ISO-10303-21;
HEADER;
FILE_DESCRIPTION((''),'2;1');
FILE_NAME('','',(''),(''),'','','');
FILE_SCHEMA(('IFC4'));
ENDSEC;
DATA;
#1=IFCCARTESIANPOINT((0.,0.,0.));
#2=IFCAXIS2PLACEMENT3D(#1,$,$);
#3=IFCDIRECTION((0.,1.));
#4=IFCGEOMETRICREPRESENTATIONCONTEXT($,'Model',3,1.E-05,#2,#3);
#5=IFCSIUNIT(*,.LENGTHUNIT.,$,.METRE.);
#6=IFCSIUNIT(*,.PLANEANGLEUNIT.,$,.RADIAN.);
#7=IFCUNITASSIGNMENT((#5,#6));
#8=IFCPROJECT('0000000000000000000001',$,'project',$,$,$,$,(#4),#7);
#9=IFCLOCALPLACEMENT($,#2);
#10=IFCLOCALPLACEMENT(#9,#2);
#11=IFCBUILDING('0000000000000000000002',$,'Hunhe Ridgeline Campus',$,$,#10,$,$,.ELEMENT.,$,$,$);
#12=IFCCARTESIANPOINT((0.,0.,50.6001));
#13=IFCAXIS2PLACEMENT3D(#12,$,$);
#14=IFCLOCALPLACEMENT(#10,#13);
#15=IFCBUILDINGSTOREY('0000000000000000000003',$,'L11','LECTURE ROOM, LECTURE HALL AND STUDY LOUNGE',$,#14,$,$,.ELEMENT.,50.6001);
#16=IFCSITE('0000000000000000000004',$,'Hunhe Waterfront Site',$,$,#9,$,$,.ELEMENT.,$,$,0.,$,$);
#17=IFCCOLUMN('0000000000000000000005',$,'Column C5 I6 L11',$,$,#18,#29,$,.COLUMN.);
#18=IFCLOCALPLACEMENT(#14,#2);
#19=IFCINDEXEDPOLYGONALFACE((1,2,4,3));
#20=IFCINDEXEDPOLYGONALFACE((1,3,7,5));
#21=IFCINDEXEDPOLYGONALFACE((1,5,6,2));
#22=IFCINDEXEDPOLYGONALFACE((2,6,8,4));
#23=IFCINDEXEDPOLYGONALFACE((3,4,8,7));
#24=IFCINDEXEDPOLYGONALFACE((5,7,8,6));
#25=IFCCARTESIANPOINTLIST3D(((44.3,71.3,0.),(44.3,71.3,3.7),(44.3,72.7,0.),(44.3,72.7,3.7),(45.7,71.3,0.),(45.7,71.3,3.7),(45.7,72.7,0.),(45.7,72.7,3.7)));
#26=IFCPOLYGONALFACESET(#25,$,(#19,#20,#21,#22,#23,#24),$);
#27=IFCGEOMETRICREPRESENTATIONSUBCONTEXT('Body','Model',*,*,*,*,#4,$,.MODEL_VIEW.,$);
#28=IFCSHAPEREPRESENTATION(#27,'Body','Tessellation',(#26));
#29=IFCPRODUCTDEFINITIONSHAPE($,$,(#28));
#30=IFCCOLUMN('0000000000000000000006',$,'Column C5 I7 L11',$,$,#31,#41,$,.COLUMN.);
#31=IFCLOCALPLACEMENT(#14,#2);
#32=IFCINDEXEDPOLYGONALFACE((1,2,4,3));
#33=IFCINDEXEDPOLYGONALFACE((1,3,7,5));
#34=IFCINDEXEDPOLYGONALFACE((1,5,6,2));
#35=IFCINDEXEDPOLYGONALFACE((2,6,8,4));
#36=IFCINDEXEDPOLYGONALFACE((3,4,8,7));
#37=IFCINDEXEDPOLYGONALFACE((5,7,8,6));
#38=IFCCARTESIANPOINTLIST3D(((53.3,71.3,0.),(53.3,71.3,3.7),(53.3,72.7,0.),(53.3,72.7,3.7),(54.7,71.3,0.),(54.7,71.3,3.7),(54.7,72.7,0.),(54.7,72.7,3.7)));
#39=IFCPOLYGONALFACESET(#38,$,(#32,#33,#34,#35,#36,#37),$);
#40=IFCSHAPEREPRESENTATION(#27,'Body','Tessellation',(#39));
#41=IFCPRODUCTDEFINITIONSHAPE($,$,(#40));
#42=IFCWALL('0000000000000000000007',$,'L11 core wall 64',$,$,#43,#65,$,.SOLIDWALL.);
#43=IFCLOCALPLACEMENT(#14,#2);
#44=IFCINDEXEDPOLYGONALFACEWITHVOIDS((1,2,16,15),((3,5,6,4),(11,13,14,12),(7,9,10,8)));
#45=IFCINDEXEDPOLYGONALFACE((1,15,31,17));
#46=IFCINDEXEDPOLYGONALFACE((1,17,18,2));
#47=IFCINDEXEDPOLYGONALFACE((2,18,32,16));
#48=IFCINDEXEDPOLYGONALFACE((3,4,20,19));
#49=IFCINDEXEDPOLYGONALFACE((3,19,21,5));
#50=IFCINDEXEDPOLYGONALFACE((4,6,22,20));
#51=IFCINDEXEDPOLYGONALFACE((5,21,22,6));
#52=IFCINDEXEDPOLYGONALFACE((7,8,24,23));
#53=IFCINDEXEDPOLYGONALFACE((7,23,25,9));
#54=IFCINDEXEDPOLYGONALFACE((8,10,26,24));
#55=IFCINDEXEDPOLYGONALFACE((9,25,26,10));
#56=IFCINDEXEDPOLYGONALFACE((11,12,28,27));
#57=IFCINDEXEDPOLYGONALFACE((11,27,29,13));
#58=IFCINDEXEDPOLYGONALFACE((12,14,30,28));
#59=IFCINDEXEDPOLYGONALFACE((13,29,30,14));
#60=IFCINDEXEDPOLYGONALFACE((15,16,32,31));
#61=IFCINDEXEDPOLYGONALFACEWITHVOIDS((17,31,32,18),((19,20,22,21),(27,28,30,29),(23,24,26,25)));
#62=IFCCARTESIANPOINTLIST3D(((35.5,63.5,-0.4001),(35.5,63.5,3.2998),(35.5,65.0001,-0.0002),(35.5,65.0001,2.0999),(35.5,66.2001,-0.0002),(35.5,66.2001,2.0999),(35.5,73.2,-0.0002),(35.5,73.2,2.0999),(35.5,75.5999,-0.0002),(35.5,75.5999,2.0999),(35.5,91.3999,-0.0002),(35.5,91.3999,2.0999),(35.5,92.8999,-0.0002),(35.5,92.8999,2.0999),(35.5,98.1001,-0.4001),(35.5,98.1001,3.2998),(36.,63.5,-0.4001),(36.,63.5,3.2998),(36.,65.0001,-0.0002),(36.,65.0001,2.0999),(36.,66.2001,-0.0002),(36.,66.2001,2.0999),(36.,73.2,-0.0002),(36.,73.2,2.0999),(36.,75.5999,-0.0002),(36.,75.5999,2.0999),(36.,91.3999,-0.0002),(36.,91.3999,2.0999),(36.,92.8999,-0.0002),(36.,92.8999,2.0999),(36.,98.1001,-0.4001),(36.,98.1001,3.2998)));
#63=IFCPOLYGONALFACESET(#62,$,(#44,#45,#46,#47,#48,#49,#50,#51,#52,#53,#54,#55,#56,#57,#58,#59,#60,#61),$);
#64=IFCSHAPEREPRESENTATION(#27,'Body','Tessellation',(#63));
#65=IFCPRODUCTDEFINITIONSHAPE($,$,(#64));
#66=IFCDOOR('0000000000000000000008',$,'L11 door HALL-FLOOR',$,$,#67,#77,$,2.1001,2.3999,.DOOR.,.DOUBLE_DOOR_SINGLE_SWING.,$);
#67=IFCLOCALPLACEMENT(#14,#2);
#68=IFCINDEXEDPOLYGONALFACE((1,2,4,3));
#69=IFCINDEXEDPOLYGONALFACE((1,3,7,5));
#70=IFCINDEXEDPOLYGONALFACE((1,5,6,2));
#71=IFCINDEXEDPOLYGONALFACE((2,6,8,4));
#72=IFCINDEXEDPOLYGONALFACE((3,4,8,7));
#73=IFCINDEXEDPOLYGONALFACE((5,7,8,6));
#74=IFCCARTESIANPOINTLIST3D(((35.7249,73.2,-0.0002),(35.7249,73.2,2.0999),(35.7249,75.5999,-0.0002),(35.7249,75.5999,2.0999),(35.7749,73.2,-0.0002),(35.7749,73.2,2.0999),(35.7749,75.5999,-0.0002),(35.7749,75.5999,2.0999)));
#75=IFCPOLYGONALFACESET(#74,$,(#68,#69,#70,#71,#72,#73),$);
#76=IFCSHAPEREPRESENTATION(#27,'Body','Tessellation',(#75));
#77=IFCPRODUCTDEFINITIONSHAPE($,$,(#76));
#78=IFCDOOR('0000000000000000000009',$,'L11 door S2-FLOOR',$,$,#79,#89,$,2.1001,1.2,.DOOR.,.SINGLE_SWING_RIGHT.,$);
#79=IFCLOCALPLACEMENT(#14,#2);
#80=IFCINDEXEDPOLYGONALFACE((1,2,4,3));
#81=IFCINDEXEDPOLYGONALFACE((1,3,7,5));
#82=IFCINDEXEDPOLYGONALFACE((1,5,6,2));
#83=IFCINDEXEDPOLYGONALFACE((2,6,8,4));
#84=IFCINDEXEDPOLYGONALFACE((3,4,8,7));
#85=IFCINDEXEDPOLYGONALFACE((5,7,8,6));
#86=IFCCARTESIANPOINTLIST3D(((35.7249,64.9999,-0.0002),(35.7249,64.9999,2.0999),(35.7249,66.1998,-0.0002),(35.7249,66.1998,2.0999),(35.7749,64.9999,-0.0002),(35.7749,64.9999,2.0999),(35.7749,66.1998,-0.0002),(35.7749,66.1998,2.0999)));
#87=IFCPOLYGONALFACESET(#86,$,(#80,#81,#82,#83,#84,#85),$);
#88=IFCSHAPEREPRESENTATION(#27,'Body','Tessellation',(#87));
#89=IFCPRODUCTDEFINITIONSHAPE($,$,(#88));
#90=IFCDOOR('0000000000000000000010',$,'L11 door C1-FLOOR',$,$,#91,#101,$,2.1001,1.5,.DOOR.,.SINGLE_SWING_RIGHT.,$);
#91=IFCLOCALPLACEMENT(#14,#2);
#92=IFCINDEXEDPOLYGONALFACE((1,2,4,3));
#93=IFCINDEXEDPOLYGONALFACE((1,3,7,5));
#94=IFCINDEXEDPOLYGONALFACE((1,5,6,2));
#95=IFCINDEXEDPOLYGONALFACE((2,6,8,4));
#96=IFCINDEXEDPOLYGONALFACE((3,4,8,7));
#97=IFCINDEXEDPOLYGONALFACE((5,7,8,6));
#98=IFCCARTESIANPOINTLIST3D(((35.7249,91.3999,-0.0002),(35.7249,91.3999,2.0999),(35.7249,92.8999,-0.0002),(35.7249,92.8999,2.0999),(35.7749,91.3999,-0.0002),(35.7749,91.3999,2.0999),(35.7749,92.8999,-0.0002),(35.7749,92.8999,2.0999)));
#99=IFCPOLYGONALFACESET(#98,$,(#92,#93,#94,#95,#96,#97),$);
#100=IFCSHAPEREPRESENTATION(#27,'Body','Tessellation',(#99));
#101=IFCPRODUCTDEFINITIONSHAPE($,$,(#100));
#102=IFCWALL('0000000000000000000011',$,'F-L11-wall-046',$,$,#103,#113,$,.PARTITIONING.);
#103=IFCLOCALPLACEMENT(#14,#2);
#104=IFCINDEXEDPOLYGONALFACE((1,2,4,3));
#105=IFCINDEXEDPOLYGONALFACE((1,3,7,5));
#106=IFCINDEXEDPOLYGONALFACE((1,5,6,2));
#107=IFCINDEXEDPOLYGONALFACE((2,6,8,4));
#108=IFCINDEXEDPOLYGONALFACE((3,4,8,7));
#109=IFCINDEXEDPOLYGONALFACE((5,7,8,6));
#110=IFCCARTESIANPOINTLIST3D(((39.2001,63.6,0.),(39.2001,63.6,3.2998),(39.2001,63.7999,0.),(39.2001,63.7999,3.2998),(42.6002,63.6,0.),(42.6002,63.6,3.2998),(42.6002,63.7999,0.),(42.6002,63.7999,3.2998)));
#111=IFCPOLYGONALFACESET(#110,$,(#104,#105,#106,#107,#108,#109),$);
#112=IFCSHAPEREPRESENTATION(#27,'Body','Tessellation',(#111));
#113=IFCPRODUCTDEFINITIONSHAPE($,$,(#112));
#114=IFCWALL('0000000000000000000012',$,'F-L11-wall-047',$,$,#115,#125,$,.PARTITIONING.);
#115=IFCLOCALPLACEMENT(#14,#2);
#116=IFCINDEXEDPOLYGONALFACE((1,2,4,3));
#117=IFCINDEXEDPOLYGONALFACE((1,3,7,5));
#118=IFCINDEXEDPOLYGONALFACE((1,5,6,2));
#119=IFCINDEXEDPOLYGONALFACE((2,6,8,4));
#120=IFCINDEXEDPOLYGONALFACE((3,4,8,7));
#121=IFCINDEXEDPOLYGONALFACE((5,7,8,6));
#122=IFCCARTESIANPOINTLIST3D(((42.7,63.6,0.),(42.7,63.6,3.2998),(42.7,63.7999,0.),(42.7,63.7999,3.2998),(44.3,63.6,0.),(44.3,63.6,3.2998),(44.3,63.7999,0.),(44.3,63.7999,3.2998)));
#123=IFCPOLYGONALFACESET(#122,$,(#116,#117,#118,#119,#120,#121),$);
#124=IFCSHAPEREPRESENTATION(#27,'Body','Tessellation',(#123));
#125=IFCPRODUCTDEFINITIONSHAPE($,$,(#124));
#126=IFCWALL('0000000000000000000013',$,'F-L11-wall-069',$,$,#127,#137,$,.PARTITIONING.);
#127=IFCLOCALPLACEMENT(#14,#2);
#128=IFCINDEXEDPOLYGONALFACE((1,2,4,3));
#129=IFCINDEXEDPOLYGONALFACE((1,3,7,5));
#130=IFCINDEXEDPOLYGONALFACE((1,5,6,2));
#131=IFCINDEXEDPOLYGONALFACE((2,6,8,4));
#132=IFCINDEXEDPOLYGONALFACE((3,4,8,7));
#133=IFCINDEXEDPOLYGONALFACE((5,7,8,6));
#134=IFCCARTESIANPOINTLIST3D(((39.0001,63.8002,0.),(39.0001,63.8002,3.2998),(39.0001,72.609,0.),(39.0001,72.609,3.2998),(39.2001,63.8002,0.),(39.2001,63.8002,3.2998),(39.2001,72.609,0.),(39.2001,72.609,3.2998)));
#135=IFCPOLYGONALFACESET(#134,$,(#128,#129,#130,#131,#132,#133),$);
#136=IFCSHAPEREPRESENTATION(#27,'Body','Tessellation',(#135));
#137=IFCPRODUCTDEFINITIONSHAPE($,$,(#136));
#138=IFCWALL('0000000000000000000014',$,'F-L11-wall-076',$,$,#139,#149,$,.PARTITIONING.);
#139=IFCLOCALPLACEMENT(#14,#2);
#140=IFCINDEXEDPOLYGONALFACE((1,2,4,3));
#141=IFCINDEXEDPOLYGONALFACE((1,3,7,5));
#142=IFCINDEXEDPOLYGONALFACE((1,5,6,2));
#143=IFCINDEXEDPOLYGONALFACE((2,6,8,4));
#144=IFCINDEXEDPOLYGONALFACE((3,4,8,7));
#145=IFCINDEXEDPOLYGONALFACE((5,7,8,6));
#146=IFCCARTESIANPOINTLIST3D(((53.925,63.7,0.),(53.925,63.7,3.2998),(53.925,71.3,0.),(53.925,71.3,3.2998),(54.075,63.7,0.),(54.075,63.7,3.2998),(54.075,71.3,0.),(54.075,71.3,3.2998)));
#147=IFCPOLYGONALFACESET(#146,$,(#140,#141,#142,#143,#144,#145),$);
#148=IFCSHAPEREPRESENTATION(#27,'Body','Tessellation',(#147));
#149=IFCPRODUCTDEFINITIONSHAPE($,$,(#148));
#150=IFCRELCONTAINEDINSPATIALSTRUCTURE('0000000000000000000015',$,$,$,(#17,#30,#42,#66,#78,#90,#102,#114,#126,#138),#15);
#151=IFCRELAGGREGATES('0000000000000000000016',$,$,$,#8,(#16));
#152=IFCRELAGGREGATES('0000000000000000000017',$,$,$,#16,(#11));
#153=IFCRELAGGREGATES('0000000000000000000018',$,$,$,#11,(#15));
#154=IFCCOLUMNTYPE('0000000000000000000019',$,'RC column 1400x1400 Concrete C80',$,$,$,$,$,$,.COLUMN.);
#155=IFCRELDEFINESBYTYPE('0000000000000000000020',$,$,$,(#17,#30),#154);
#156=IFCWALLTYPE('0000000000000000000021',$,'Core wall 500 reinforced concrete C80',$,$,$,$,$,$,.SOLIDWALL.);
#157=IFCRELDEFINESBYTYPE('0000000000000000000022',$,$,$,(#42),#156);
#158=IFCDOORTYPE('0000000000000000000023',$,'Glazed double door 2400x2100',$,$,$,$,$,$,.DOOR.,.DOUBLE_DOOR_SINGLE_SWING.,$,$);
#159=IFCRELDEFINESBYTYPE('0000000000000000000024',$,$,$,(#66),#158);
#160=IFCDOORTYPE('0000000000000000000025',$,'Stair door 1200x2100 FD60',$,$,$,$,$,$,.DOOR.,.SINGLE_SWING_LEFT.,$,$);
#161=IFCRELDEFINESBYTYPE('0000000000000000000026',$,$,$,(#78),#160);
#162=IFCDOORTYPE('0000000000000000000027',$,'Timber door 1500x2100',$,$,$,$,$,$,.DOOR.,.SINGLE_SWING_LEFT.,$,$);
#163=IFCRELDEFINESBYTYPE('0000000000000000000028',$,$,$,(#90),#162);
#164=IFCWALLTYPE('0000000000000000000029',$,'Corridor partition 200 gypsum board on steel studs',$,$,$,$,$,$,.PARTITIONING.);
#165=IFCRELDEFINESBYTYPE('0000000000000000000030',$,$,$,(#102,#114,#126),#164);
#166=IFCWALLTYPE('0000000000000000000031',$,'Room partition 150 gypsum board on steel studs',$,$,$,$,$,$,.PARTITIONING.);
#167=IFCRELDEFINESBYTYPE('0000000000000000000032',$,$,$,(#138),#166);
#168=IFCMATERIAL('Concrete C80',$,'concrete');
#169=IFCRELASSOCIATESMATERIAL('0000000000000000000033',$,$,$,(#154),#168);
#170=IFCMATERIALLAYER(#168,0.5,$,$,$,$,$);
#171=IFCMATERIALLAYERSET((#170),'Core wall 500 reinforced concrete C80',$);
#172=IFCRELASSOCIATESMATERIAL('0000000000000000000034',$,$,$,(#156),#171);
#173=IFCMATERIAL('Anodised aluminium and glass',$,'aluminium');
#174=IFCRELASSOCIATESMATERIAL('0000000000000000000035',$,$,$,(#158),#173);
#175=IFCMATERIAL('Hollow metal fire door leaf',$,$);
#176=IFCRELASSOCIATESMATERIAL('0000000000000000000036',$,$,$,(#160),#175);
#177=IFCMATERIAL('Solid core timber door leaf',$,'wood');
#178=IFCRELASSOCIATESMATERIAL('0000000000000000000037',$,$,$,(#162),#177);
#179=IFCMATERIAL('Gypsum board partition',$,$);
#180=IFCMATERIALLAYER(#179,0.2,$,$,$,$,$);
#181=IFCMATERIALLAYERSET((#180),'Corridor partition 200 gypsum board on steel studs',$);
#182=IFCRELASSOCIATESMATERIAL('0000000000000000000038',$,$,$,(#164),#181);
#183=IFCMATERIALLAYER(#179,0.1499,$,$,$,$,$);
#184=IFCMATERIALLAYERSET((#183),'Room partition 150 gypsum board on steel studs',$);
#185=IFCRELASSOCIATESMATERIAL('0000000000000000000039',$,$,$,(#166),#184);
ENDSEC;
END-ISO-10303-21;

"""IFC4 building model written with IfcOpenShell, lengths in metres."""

from ifc_helpers import new_model, si_unit, direction, frame, frame_2d, origin, origin_2d, place, context, subcontext, project, spatial, rectangle, extrude, material, layer, layer_set, material_profile, profile_set, type_object, element, fill, save


model = new_model("IFC4")

# Units and contexts
model_context = context("Model", 3, precision=1e-05, world=origin(), true_north=direction((0.0, 1.0)))
body_context = subcontext(model_context, "Body", "Model", "MODEL_VIEW")
ifc_project = project(units=[si_unit("LENGTHUNIT", "METRE"), si_unit("PLANEANGLEUNIT", "RADIAN")], contexts=[model_context])

# Site, building, storey
site_placement = place(None, origin())
site = spatial("IfcSite", under=ifc_project, at=site_placement, Name="Hunhe Waterfront Site", CompositionType="ELEMENT", RefElevation=0.0)
building_placement = place(site_placement, origin())
building = spatial("IfcBuilding", under=site, at=building_placement, Name="Hunhe Ridgeline Campus", CompositionType="ELEMENT")
storey_placement = place(building_placement, frame((0.0, 0.0, 50.6001)))
storey = spatial("IfcBuildingStorey", under=building, at=storey_placement, Name="L11", Description="LECTURE ROOM, LECTURE HALL AND STUDY LOUNGE", CompositionType="ELEMENT", Elevation=50.6001)

# Columns
ifc_material_1 = material(Name="Concrete C80", Category="concrete")
ifc_material_profile = material_profile(ifc_material_1, rectangle(XDim=1.3999, YDim=1.3999, at=origin_2d()))
ifc_profile_set = profile_set([ifc_material_profile], Name="Concrete C80")
column_type = type_object("IfcColumnType", Name="RC column 1400x1400 Concrete C80", PredefinedType="COLUMN", material=ifc_profile_set)
for number, where, z_axis, x_axis, name in (
    (1, (45.0, 72.0, 0.0), (0.0, 0.0, 1.0), (1.0, 0.0, 0.0), "Column C5 I6 L11"),
    (2, (54.0, 72.0, 0.0), (0.0, 0.0, 1.0), (1.0, 0.0, 0.0), "Column C5 I7 L11"),
):
    element("IfcColumn", number, at=place(storey_placement, frame(where, z_axis=z_axis, x_axis=x_axis)), inside=storey, type_object=column_type, Name=name, PredefinedType="COLUMN", context=body_context, shape_type="SweptSolid", body=[
        extrude(rectangle(XDim=1.3999, YDim=1.3999, at=origin_2d()), origin(), (0.0, 0.0, 1.0), 3.7),
    ])

# Wall, openings, doors
ifc_layer_1 = layer(ifc_material_1, 0.5)
ifc_layer_set_1 = layer_set([ifc_layer_1], Name="Core wall 500 reinforced concrete C80")
wall_type_1 = type_object("IfcWallType", Name="Core wall 500 reinforced concrete C80", PredefinedType="SOLIDWALL", material=ifc_layer_set_1)
wall_1_placement = place(storey_placement, frame((35.75, 63.5, -0.4001), z_axis=(0.0, 0.0, 1.0), x_axis=(0.0, 1.0, 0.0)))
wall_1 = element("IfcWall", 3, at=wall_1_placement, inside=storey, type_object=wall_type_1, Name="L11 core wall 64", PredefinedType="SOLIDWALL", context=body_context, shape_type="SweptSolid", body=[
    extrude(rectangle(XDim=34.6001, YDim=0.5, at=frame_2d((17.3, 0.0))), origin(), (0.0, 0.0, 1.0), 3.7),
])
opening_1_placement = place(wall_1_placement, frame((9.7, 0.0, 0.3999)))
opening_1 = element("IfcOpeningElement", 4, at=opening_1_placement, cuts=wall_1, PredefinedType="OPENING", context=body_context, shape_type="SweptSolid", body=[
    extrude(rectangle(XDim=2.3999, YDim=2.1001, at=frame_2d((1.2, 1.05))), frame((0.0, 0.25, 0.0), z_axis=(0.0, -1.0, 0.0), x_axis=(1.0, 0.0, 0.0)), (0.0, 0.0, 1.0), 0.5),
])
opening_2_placement = place(wall_1_placement, frame((27.8999, 0.0, 0.3999)))
opening_2 = element("IfcOpeningElement", 5, at=opening_2_placement, cuts=wall_1, PredefinedType="OPENING", context=body_context, shape_type="SweptSolid", body=[
    extrude(rectangle(XDim=1.5, YDim=2.1001, at=frame_2d((0.75, 1.05))), frame((0.0, 0.25, 0.0), z_axis=(0.0, -1.0, 0.0), x_axis=(1.0, 0.0, 0.0)), (0.0, 0.0, 1.0), 0.5),
])
opening_3_placement = place(wall_1_placement, frame((1.5, 0.0, 0.3999)))
opening_3 = element("IfcOpeningElement", 6, at=opening_3_placement, cuts=wall_1, PredefinedType="OPENING", context=body_context, shape_type="SweptSolid", body=[
    extrude(rectangle(XDim=1.2, YDim=2.1001, at=frame_2d((0.6001, 1.05))), frame((0.0, 0.25, 0.0), z_axis=(0.0, -1.0, 0.0), x_axis=(1.0, 0.0, 0.0)), (0.0, 0.0, 1.0), 0.5),
])
ifc_material_2 = material(Name="Anodised aluminium and glass", Category="aluminium")
door_type_1 = type_object("IfcDoorType", Name="Glazed double door 2400x2100", OperationType="DOUBLE_DOOR_SINGLE_SWING", PredefinedType="DOOR", material=ifc_material_2)
door_1_placement = place(opening_1_placement, frame((2.3999, 0.0, 0.0), z_axis=(0.0, 0.0, 1.0), x_axis=(-1.0, 0.0, 0.0)))
door_1 = element("IfcDoor", 7, at=door_1_placement, inside=storey, type_object=door_type_1, Name="L11 door HALL-FLOOR", OperationType="DOUBLE_DOOR_SINGLE_SWING", OverallHeight=2.1001, OverallWidth=2.3999, PredefinedType="DOOR", context=body_context, shape_type="SweptSolid", body=[
    extrude(rectangle(XDim=2.3999, YDim=2.1001, at=frame_2d((1.2, 1.05))), frame((0.0, 0.0249, 0.0), z_axis=(0.0, -1.0, 0.0), x_axis=(1.0, 0.0, 0.0)), (0.0, 0.0, 1.0), 0.05),
])
fill(opening_1, door_1)
ifc_material_3 = material(Name="Hollow metal fire door leaf")
door_type_2 = type_object("IfcDoorType", Name="Stair door 1200x2100 FD60", OperationType="SINGLE_SWING_LEFT", PredefinedType="DOOR", material=ifc_material_3)
door_2_placement = place(opening_3_placement, frame((1.2, 0.0, 0.0), z_axis=(0.0, 0.0, 1.0), x_axis=(-1.0, 0.0, 0.0)))
door_2 = element("IfcDoor", 8, at=door_2_placement, inside=storey, type_object=door_type_2, Name="L11 door S2-FLOOR", OperationType="SINGLE_SWING_RIGHT", OverallHeight=2.1001, OverallWidth=1.2, PredefinedType="DOOR", context=body_context, shape_type="SweptSolid", body=[
    extrude(rectangle(XDim=1.2, YDim=2.1001, at=frame_2d((0.6001, 1.05))), frame((0.0, 0.0249, 0.0), z_axis=(0.0, -1.0, 0.0), x_axis=(1.0, 0.0, 0.0)), (0.0, 0.0, 1.0), 0.05),
])
fill(opening_3, door_2)
ifc_material_4 = material(Name="Solid core timber door leaf", Category="wood")
door_type_3 = type_object("IfcDoorType", Name="Timber door 1500x2100", OperationType="SINGLE_SWING_LEFT", PredefinedType="DOOR", material=ifc_material_4)
door_3_placement = place(opening_2_placement, frame((1.5, 0.0, 0.0), z_axis=(0.0, 0.0, 1.0), x_axis=(-1.0, 0.0, 0.0)))
door_3 = element("IfcDoor", 9, at=door_3_placement, inside=storey, type_object=door_type_3, Name="L11 door C1-FLOOR", OperationType="SINGLE_SWING_RIGHT", OverallHeight=2.1001, OverallWidth=1.5, PredefinedType="DOOR", context=body_context, shape_type="SweptSolid", body=[
    extrude(rectangle(XDim=1.5, YDim=2.1001, at=frame_2d((0.75, 1.05))), frame((0.0, 0.0249, 0.0), z_axis=(0.0, -1.0, 0.0), x_axis=(1.0, 0.0, 0.0)), (0.0, 0.0, 1.0), 0.05),
])
fill(opening_2, door_3)

# Walls
ifc_material_5 = material(Name="Gypsum board partition")
ifc_layer_2 = layer(ifc_material_5, 0.2)
ifc_layer_set_2 = layer_set([ifc_layer_2], Name="Corridor partition 200 gypsum board on steel studs")
wall_type_2 = type_object("IfcWallType", Name="Corridor partition 200 gypsum board on steel studs", PredefinedType="PARTITIONING", material=ifc_layer_set_2)
wall_2_placement = place(storey_placement, frame((39.2, 63.7, 0.0), z_axis=(0.0, 0.0, 1.0), x_axis=(1.0, 0.0, 0.0)))
element("IfcWall", 10, at=wall_2_placement, inside=storey, type_object=wall_type_2, Name="F-L11-wall-046", PredefinedType="PARTITIONING", context=body_context, shape_type="SweptSolid", body=[
    extrude(rectangle(XDim=3.4001, YDim=0.2, at=frame_2d((1.7002, 0.0))), origin(), (0.0, 0.0, 1.0), 3.2998),
])
wall_3_placement = place(storey_placement, frame((42.7, 63.7, 0.0), z_axis=(0.0, 0.0, 1.0), x_axis=(1.0, 0.0, 0.0)))
element("IfcWall", 11, at=wall_3_placement, inside=storey, type_object=wall_type_2, Name="F-L11-wall-047", PredefinedType="PARTITIONING", context=body_context, shape_type="SweptSolid", body=[
    extrude(rectangle(XDim=1.6001, YDim=0.2, at=frame_2d((0.8, 0.0))), origin(), (0.0, 0.0, 1.0), 3.2998),
])
wall_4_placement = place(storey_placement, frame((39.1001, 72.6089, 0.0), z_axis=(0.0, 0.0, 1.0), x_axis=(0.0, -1.0, 0.0)))
element("IfcWall", 12, at=wall_4_placement, inside=storey, type_object=wall_type_2, Name="F-L11-wall-069", PredefinedType="PARTITIONING", context=body_context, shape_type="SweptSolid", body=[
    extrude(rectangle(XDim=8.8088, YDim=0.2, at=frame_2d((4.4043, 0.0))), origin(), (0.0, 0.0, 1.0), 3.2998),
])
ifc_layer_3 = layer(ifc_material_5, 0.1499)
ifc_layer_set_3 = layer_set([ifc_layer_3], Name="Room partition 150 gypsum board on steel studs")
wall_type_3 = type_object("IfcWallType", Name="Room partition 150 gypsum board on steel studs", PredefinedType="PARTITIONING", material=ifc_layer_set_3)
wall_5_placement = place(storey_placement, frame((54.0, 71.3, 0.0), z_axis=(0.0, 0.0, 1.0), x_axis=(0.0, -1.0, 0.0)))
element("IfcWall", 13, at=wall_5_placement, inside=storey, type_object=wall_type_3, Name="F-L11-wall-076", PredefinedType="PARTITIONING", context=body_context, shape_type="SweptSolid", body=[
    extrude(rectangle(XDim=7.6001, YDim=0.1499, at=frame_2d((3.8, 0.0))), origin(), (0.0, 0.0, 1.0), 3.2998),
])

save(model, "model.ifc")
